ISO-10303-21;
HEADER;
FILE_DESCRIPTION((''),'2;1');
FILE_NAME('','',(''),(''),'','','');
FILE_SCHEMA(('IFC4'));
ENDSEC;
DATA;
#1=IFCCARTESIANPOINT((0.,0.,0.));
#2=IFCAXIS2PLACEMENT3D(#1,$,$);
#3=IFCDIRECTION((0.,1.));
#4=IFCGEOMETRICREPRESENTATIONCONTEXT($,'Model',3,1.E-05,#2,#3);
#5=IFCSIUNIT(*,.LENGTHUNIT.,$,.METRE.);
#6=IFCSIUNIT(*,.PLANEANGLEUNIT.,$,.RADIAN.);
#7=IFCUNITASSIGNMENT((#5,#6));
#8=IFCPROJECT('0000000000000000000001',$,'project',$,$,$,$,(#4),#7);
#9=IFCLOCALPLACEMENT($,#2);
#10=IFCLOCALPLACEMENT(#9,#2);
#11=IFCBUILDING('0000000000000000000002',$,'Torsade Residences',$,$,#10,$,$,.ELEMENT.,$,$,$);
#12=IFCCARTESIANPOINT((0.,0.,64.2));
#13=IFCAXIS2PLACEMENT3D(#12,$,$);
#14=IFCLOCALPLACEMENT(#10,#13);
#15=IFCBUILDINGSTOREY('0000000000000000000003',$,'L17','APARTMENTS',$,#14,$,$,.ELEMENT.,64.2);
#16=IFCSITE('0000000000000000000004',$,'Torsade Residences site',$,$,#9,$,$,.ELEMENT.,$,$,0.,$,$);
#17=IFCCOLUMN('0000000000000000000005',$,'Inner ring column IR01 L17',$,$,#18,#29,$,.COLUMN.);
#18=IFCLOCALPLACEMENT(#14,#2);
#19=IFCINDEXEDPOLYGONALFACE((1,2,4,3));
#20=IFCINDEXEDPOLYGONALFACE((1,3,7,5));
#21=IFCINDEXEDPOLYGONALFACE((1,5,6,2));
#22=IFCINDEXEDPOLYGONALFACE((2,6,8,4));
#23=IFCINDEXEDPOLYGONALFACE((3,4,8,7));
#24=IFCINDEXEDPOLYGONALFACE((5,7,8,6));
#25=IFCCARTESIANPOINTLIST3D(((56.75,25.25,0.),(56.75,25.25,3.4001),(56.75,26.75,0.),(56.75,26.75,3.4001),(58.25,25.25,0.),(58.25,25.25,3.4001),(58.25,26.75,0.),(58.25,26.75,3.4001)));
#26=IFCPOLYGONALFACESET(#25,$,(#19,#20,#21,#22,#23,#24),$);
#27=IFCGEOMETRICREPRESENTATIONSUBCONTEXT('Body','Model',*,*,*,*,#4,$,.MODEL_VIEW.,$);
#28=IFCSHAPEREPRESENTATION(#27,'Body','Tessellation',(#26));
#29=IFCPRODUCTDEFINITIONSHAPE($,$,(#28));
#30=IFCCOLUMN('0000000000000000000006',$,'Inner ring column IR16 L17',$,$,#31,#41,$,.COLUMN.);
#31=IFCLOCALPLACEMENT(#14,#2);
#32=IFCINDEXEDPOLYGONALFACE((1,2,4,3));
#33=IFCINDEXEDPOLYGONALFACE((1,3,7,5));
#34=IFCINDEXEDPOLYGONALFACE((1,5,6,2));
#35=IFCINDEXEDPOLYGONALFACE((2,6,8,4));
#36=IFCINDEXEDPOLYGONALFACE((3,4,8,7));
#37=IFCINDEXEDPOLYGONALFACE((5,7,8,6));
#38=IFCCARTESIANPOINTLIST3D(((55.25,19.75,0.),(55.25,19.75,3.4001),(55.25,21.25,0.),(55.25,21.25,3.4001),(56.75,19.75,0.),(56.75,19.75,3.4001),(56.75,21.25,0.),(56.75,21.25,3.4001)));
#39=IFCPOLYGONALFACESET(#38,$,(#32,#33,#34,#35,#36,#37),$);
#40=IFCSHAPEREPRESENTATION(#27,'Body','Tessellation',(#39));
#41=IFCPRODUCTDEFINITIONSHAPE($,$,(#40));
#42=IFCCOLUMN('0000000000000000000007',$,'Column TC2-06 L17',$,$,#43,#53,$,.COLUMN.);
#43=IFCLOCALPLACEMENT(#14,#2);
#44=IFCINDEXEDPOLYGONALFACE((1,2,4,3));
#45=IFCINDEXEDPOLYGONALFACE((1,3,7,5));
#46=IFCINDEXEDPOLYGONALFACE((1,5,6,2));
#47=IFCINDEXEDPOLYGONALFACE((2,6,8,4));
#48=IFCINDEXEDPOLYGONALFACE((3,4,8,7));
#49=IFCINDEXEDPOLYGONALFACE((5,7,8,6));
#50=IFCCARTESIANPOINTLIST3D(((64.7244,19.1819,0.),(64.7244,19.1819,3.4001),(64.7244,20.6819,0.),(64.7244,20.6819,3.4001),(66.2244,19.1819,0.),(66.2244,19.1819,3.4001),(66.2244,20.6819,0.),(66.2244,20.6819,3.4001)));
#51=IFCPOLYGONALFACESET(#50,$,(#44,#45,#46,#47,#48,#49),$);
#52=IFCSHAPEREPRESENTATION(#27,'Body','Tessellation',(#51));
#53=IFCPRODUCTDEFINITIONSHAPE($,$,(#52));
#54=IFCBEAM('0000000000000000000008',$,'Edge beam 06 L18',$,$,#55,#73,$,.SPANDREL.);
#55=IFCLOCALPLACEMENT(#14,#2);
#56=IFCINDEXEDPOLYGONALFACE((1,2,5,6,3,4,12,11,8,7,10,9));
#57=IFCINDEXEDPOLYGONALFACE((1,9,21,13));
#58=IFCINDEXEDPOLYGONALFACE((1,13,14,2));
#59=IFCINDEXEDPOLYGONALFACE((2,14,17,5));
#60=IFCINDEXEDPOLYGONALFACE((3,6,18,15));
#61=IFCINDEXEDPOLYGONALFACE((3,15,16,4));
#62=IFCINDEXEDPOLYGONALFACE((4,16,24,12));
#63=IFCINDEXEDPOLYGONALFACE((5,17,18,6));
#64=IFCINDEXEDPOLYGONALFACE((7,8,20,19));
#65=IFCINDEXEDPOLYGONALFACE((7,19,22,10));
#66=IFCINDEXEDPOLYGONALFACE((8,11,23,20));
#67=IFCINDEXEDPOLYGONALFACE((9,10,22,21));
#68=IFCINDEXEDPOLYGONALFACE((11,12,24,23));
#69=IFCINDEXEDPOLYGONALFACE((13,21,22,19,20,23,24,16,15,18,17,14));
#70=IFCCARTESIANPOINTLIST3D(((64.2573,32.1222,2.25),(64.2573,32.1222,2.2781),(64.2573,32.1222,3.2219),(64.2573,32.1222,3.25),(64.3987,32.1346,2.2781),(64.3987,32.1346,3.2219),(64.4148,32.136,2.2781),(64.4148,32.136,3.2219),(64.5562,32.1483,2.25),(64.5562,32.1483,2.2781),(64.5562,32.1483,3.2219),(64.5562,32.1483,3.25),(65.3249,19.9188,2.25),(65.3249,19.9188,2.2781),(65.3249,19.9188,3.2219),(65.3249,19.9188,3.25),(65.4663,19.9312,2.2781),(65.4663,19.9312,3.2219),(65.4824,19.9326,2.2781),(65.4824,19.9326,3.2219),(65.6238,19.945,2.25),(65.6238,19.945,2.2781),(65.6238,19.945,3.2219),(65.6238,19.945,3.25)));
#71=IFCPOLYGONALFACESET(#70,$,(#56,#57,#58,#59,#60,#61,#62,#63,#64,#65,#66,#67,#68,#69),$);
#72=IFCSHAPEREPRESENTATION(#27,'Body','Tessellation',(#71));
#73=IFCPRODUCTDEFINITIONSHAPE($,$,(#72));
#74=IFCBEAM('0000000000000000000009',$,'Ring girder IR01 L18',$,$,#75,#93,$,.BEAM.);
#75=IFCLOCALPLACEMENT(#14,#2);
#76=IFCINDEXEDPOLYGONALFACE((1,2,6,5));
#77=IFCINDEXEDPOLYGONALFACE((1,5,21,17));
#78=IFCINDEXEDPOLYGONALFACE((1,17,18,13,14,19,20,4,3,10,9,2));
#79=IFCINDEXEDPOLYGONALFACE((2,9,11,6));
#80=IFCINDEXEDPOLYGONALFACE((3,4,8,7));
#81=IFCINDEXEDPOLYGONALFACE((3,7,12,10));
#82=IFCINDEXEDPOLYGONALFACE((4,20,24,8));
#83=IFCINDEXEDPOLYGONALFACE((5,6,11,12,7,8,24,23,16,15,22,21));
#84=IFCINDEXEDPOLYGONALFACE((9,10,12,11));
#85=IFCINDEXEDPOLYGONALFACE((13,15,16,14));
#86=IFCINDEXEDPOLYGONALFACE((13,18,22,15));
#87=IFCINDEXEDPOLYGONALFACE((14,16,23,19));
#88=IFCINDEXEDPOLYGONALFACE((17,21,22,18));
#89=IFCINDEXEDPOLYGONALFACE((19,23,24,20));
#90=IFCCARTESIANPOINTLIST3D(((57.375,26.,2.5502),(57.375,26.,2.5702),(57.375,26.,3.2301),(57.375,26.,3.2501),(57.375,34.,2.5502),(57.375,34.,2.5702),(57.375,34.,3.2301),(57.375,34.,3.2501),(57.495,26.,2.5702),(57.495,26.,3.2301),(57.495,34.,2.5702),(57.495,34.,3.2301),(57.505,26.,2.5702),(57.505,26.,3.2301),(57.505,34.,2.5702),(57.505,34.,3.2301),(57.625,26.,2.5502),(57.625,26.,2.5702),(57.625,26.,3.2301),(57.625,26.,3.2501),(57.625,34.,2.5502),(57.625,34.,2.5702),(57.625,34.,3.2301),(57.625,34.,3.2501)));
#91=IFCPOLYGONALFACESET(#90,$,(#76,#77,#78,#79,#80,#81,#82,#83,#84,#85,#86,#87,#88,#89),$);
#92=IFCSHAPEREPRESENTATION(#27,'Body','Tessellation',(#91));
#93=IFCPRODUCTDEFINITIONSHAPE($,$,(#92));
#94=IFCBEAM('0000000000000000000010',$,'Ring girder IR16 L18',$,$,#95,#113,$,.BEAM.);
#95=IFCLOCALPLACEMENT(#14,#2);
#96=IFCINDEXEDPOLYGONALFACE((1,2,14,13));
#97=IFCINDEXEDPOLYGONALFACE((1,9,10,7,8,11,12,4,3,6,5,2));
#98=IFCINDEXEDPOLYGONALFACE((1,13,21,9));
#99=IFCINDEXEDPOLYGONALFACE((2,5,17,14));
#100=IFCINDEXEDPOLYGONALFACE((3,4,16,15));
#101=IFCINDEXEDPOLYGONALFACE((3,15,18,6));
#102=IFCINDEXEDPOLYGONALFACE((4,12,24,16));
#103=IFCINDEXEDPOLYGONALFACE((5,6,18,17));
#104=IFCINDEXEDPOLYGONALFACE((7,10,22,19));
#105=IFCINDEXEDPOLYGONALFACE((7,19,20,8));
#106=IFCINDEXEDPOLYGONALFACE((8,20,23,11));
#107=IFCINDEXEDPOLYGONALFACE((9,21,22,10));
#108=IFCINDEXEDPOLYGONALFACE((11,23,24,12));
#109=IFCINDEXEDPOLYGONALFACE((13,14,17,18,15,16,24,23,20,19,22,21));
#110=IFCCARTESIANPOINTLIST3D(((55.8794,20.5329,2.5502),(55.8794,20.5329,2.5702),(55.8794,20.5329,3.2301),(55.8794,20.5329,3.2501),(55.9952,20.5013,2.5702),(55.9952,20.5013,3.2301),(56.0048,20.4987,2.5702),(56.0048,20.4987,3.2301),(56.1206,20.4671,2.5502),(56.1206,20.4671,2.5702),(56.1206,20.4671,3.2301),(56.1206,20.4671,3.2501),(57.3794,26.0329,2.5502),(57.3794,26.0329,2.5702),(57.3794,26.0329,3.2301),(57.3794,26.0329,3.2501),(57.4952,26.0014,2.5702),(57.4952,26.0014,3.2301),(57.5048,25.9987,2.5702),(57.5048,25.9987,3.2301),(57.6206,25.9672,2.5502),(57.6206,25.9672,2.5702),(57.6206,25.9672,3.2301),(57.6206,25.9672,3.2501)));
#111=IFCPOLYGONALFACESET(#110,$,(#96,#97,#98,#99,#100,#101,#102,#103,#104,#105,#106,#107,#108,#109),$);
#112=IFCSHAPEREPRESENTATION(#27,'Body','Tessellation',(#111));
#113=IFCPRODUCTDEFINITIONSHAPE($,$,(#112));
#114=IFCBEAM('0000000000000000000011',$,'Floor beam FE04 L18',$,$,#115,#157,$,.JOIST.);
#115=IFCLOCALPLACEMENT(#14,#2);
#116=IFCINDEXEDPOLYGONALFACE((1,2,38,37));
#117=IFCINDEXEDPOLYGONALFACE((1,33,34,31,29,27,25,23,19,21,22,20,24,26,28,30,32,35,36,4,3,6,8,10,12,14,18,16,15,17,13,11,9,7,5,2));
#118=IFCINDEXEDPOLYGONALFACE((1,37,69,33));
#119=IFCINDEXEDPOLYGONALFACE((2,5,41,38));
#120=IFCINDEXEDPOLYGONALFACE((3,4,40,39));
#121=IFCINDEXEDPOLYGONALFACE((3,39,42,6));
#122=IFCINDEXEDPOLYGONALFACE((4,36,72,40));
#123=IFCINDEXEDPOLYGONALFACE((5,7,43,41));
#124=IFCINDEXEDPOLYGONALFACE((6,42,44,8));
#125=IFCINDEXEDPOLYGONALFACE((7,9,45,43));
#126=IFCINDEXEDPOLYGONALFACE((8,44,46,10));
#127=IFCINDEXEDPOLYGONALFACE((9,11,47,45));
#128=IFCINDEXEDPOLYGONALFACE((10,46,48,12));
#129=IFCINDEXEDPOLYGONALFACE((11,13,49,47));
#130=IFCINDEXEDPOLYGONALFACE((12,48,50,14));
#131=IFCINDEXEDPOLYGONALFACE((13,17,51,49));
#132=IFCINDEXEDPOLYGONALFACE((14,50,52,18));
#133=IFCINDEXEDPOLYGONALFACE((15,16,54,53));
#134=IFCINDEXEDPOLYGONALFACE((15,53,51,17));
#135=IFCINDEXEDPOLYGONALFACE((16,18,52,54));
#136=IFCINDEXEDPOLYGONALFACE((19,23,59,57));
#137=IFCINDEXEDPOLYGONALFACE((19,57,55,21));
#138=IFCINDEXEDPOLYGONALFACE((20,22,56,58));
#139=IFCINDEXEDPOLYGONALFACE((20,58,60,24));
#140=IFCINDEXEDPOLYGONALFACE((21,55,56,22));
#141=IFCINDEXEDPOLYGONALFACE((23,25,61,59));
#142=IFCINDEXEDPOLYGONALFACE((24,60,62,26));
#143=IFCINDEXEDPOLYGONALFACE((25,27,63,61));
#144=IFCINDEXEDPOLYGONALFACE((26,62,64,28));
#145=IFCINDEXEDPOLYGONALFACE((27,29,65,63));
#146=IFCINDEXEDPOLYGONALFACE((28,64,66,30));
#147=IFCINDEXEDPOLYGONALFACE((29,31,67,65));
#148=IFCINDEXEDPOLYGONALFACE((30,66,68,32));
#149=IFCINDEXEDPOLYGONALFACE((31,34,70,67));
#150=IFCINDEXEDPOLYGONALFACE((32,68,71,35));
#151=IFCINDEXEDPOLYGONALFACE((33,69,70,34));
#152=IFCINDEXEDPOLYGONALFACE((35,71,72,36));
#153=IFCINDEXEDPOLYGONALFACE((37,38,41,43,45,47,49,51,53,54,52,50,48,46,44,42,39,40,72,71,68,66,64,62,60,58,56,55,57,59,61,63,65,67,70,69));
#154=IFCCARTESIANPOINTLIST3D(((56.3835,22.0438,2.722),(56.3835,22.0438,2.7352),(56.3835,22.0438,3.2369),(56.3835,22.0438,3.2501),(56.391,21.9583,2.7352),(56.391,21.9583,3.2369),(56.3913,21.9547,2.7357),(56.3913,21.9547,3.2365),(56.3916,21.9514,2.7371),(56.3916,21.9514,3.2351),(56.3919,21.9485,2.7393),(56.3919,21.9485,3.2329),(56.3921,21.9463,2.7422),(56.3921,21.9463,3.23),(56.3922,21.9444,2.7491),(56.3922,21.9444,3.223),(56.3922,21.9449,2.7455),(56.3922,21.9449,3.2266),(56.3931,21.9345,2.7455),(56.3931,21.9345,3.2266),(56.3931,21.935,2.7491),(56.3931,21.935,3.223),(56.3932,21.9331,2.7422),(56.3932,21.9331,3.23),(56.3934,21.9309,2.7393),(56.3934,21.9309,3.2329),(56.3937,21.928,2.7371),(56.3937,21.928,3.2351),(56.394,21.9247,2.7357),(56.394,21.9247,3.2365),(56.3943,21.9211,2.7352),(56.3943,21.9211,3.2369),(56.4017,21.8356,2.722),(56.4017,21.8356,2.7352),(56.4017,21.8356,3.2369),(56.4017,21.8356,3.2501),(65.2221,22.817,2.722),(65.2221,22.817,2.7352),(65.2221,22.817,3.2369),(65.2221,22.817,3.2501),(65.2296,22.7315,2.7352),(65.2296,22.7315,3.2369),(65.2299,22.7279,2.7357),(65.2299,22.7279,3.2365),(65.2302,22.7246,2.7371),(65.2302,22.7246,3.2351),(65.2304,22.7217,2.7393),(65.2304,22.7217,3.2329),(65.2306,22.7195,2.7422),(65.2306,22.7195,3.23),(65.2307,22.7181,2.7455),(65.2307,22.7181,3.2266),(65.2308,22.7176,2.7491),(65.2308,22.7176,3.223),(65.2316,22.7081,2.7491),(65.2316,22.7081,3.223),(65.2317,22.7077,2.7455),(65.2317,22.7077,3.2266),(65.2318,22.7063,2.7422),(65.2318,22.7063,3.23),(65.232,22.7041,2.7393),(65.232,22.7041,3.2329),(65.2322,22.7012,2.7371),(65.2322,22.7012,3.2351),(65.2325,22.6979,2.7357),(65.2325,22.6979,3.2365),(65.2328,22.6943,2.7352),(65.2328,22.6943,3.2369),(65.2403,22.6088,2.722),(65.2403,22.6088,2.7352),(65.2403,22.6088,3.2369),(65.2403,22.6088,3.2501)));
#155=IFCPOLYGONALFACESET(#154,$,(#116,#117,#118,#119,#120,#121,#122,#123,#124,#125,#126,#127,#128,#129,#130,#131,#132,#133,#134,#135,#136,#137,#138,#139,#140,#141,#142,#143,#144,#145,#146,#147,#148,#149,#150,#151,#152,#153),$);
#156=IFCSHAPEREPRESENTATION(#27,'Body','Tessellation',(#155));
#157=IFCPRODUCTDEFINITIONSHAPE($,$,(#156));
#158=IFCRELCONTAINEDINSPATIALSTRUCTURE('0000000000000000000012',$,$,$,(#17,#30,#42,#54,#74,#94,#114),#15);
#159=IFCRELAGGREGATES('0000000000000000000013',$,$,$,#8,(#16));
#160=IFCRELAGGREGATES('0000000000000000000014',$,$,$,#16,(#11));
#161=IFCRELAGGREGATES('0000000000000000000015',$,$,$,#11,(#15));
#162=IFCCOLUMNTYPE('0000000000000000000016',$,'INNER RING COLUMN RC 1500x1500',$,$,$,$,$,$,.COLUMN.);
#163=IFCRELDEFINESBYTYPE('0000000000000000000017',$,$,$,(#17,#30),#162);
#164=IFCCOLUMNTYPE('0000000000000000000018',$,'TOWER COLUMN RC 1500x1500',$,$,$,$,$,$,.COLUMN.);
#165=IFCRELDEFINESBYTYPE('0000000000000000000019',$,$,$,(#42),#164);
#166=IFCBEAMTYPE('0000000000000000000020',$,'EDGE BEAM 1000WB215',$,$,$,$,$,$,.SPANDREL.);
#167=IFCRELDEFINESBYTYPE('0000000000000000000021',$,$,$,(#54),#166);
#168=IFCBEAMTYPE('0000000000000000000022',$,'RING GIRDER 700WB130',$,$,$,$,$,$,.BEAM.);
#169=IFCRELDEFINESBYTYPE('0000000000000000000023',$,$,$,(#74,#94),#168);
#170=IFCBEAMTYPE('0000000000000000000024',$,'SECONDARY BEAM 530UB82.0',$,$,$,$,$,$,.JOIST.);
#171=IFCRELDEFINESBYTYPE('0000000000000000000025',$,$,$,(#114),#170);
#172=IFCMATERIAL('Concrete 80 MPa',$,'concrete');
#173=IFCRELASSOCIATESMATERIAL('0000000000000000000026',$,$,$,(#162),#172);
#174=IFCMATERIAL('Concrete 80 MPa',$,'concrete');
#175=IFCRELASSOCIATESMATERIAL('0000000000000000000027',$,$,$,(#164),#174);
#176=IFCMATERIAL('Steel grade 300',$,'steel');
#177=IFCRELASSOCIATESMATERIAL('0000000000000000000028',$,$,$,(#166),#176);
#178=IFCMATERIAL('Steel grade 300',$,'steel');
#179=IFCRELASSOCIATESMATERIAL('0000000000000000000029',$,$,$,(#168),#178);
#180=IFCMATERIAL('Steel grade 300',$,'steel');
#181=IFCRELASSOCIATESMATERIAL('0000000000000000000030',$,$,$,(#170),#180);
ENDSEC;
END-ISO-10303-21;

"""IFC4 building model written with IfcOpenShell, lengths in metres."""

from ifc_helpers import new_model, si_unit, direction, frame, origin, origin_2d, place, context, subcontext, project, spatial, rectangle, i_section, extrude, material, material_profile, profile_set, type_object, element, save


model = new_model("IFC4")

# Units and contexts
model_context = context("Model", 3, precision=1e-05, world=origin(), true_north=direction((0.0, 1.0)))
body_context = subcontext(model_context, "Body", "Model", "MODEL_VIEW")
ifc_project = project(units=[si_unit("LENGTHUNIT", "METRE"), si_unit("PLANEANGLEUNIT", "RADIAN")], contexts=[model_context])

# Site, building, storey
site_placement = place(None, origin())
site = spatial("IfcSite", under=ifc_project, at=site_placement, Name="Torsade Residences site", CompositionType="ELEMENT", RefElevation=0.0)
building_placement = place(site_placement, origin())
building = spatial("IfcBuilding", under=site, at=building_placement, Name="Torsade Residences", CompositionType="ELEMENT")
storey_placement = place(building_placement, frame((0.0, 0.0, 64.2)))
storey = spatial("IfcBuildingStorey", under=building, at=storey_placement, Name="L17", Description="APARTMENTS", CompositionType="ELEMENT", Elevation=64.2)

# Columns
ifc_material_1 = material(Name="Concrete 80 MPa", Category="concrete")
ifc_material_profile_1 = material_profile(ifc_material_1, rectangle(XDim=1.5, YDim=1.5, at=origin_2d()), Name="RC 1500x1500")
ifc_profile_set_1 = profile_set([ifc_material_profile_1], Name="Concrete 80 MPa")
column_type_1 = type_object("IfcColumnType", Name="INNER RING COLUMN RC 1500x1500", PredefinedType="COLUMN", material=ifc_profile_set_1)
for number, where, z_axis, x_axis, name in (
    (1, (57.5, 26.0, 0.0), (0.0, 0.0, 1.0), (1.0, 0.0, 0.0), "Inner ring column IR01 L17"),
    (2, (56.0, 20.5, 0.0), (0.0, 0.0, 1.0), (1.0, 0.0, 0.0), "Inner ring column IR16 L17"),
):
    element("IfcColumn", number, at=place(storey_placement, frame(where, z_axis=z_axis, x_axis=x_axis)), inside=storey, type_object=column_type_1, Name=name, PredefinedType="COLUMN", context=body_context, shape_type="SweptSolid", body=[
        extrude(rectangle(XDim=1.5, YDim=1.5, at=origin_2d()), origin(), (0.0, 0.0, 1.0), 3.4001),
    ])
ifc_material_2 = material(Name="Concrete 80 MPa", Category="concrete")
ifc_material_profile_2 = material_profile(ifc_material_2, rectangle(XDim=1.5, YDim=1.5, at=origin_2d()), Name="RC 1500x1500")
ifc_profile_set_2 = profile_set([ifc_material_profile_2], Name="Concrete 80 MPa")
column_type_2 = type_object("IfcColumnType", Name="TOWER COLUMN RC 1500x1500", PredefinedType="COLUMN", material=ifc_profile_set_2)
column_placement = place(storey_placement, frame((65.4744, 19.9319, 0.0), z_axis=(0.0, 0.0, 1.0), x_axis=(1.0, 0.0, 0.0)))
element("IfcColumn", 3, at=column_placement, inside=storey, type_object=column_type_2, Name="Column TC2-06 L17", PredefinedType="COLUMN", context=body_context, shape_type="SweptSolid", body=[
    extrude(rectangle(XDim=1.5, YDim=1.5, at=origin_2d()), origin(), (0.0, 0.0, 1.0), 3.4001),
])

# Beams
ifc_material_3 = material(Name="Steel grade 300", Category="steel")
ifc_material_profile_3 = material_profile(ifc_material_3, i_section(OverallWidth=0.3, OverallDepth=1.0, WebThickness=0.0161, FlangeThickness=0.0281, at=origin_2d()), Name="1000WB215")
ifc_profile_set_3 = profile_set([ifc_material_profile_3], Name="Steel grade 300")
beam_type_1 = type_object("IfcBeamType", Name="EDGE BEAM 1000WB215", PredefinedType="SPANDREL", material=ifc_profile_set_3)
beam_1_placement = place(storey_placement, frame((65.4744, 19.9319, 2.75), z_axis=(-0.087153, 0.996195, 0.0), x_axis=(-0.996195, -0.087153, 0.0)))
element("IfcBeam", 4, at=beam_1_placement, inside=storey, type_object=beam_type_1, Name="Edge beam 06 L18", PredefinedType="SPANDREL", context=body_context, shape_type="SweptSolid", body=[
    extrude(i_section(OverallWidth=0.3, OverallDepth=1.0, WebThickness=0.0161, FlangeThickness=0.0281, at=origin_2d()), origin(), (0.0, 0.0, 1.0), 12.25),
])
ifc_material_4 = material(Name="Steel grade 300", Category="steel")
ifc_material_profile_4 = material_profile(ifc_material_4, i_section(OverallWidth=0.25, OverallDepth=0.7, WebThickness=0.01, FlangeThickness=0.02, at=origin_2d()), Name="700WB130")
ifc_profile_set_4 = profile_set([ifc_material_profile_4], Name="Steel grade 300")
beam_type_2 = type_object("IfcBeamType", Name="RING GIRDER 700WB130", PredefinedType="BEAM", material=ifc_profile_set_4)
beam_2_placement = place(storey_placement, frame((57.5, 26.0, 2.9001), z_axis=(0.0, 1.0, 0.0), x_axis=(-1.0, 0.0, 0.0)))
element("IfcBeam", 5, at=beam_2_placement, inside=storey, type_object=beam_type_2, Name="Ring girder IR01 L18", PredefinedType="BEAM", context=body_context, shape_type="SweptSolid", body=[
    extrude(i_section(OverallWidth=0.25, OverallDepth=0.7, WebThickness=0.01, FlangeThickness=0.02, at=origin_2d()), origin(), (0.0, 0.0, 1.0), 8.0),
])
beam_3_placement = place(storey_placement, frame((56.0, 20.5, 2.9001), z_axis=(0.263117, 0.964764, 0.0), x_axis=(-0.964764, 0.263117, 0.0)))
element("IfcBeam", 6, at=beam_3_placement, inside=storey, type_object=beam_type_2, Name="Ring girder IR16 L18", PredefinedType="BEAM", context=body_context, shape_type="SweptSolid", body=[
    extrude(i_section(OverallWidth=0.25, OverallDepth=0.7, WebThickness=0.01, FlangeThickness=0.02, at=origin_2d()), origin(), (0.0, 0.0, 1.0), 5.7009),
])
ifc_material_5 = material(Name="Steel grade 300", Category="steel")
ifc_material_profile_5 = material_profile(ifc_material_5, i_section(OverallWidth=0.209, OverallDepth=0.5281, WebThickness=0.0095, FlangeThickness=0.0132, FilletRadius=0.0139, at=origin_2d()), Name="530UB82.0")
ifc_profile_set_5 = profile_set([ifc_material_profile_5], Name="Steel grade 300")
beam_type_3 = type_object("IfcBeamType", Name="SECONDARY BEAM 530UB82.0", PredefinedType="JOIST", material=ifc_profile_set_5)
beam_4_placement = place(storey_placement, frame((65.2312, 22.7129, 2.9861), z_axis=(-0.996196, -0.087146, 0.0), x_axis=(0.087146, -0.996196, 0.0)))
element("IfcBeam", 7, at=beam_4_placement, inside=storey, type_object=beam_type_3, Name="Floor beam FE04 L18", PredefinedType="JOIST", context=body_context, shape_type="SweptSolid", body=[
    extrude(i_section(OverallWidth=0.209, OverallDepth=0.5281, WebThickness=0.0095, FlangeThickness=0.0132, FilletRadius=0.0139, at=origin_2d()), origin(), (0.0, 0.0, 1.0), 8.8723),
])

save(model, "model.ifc")
